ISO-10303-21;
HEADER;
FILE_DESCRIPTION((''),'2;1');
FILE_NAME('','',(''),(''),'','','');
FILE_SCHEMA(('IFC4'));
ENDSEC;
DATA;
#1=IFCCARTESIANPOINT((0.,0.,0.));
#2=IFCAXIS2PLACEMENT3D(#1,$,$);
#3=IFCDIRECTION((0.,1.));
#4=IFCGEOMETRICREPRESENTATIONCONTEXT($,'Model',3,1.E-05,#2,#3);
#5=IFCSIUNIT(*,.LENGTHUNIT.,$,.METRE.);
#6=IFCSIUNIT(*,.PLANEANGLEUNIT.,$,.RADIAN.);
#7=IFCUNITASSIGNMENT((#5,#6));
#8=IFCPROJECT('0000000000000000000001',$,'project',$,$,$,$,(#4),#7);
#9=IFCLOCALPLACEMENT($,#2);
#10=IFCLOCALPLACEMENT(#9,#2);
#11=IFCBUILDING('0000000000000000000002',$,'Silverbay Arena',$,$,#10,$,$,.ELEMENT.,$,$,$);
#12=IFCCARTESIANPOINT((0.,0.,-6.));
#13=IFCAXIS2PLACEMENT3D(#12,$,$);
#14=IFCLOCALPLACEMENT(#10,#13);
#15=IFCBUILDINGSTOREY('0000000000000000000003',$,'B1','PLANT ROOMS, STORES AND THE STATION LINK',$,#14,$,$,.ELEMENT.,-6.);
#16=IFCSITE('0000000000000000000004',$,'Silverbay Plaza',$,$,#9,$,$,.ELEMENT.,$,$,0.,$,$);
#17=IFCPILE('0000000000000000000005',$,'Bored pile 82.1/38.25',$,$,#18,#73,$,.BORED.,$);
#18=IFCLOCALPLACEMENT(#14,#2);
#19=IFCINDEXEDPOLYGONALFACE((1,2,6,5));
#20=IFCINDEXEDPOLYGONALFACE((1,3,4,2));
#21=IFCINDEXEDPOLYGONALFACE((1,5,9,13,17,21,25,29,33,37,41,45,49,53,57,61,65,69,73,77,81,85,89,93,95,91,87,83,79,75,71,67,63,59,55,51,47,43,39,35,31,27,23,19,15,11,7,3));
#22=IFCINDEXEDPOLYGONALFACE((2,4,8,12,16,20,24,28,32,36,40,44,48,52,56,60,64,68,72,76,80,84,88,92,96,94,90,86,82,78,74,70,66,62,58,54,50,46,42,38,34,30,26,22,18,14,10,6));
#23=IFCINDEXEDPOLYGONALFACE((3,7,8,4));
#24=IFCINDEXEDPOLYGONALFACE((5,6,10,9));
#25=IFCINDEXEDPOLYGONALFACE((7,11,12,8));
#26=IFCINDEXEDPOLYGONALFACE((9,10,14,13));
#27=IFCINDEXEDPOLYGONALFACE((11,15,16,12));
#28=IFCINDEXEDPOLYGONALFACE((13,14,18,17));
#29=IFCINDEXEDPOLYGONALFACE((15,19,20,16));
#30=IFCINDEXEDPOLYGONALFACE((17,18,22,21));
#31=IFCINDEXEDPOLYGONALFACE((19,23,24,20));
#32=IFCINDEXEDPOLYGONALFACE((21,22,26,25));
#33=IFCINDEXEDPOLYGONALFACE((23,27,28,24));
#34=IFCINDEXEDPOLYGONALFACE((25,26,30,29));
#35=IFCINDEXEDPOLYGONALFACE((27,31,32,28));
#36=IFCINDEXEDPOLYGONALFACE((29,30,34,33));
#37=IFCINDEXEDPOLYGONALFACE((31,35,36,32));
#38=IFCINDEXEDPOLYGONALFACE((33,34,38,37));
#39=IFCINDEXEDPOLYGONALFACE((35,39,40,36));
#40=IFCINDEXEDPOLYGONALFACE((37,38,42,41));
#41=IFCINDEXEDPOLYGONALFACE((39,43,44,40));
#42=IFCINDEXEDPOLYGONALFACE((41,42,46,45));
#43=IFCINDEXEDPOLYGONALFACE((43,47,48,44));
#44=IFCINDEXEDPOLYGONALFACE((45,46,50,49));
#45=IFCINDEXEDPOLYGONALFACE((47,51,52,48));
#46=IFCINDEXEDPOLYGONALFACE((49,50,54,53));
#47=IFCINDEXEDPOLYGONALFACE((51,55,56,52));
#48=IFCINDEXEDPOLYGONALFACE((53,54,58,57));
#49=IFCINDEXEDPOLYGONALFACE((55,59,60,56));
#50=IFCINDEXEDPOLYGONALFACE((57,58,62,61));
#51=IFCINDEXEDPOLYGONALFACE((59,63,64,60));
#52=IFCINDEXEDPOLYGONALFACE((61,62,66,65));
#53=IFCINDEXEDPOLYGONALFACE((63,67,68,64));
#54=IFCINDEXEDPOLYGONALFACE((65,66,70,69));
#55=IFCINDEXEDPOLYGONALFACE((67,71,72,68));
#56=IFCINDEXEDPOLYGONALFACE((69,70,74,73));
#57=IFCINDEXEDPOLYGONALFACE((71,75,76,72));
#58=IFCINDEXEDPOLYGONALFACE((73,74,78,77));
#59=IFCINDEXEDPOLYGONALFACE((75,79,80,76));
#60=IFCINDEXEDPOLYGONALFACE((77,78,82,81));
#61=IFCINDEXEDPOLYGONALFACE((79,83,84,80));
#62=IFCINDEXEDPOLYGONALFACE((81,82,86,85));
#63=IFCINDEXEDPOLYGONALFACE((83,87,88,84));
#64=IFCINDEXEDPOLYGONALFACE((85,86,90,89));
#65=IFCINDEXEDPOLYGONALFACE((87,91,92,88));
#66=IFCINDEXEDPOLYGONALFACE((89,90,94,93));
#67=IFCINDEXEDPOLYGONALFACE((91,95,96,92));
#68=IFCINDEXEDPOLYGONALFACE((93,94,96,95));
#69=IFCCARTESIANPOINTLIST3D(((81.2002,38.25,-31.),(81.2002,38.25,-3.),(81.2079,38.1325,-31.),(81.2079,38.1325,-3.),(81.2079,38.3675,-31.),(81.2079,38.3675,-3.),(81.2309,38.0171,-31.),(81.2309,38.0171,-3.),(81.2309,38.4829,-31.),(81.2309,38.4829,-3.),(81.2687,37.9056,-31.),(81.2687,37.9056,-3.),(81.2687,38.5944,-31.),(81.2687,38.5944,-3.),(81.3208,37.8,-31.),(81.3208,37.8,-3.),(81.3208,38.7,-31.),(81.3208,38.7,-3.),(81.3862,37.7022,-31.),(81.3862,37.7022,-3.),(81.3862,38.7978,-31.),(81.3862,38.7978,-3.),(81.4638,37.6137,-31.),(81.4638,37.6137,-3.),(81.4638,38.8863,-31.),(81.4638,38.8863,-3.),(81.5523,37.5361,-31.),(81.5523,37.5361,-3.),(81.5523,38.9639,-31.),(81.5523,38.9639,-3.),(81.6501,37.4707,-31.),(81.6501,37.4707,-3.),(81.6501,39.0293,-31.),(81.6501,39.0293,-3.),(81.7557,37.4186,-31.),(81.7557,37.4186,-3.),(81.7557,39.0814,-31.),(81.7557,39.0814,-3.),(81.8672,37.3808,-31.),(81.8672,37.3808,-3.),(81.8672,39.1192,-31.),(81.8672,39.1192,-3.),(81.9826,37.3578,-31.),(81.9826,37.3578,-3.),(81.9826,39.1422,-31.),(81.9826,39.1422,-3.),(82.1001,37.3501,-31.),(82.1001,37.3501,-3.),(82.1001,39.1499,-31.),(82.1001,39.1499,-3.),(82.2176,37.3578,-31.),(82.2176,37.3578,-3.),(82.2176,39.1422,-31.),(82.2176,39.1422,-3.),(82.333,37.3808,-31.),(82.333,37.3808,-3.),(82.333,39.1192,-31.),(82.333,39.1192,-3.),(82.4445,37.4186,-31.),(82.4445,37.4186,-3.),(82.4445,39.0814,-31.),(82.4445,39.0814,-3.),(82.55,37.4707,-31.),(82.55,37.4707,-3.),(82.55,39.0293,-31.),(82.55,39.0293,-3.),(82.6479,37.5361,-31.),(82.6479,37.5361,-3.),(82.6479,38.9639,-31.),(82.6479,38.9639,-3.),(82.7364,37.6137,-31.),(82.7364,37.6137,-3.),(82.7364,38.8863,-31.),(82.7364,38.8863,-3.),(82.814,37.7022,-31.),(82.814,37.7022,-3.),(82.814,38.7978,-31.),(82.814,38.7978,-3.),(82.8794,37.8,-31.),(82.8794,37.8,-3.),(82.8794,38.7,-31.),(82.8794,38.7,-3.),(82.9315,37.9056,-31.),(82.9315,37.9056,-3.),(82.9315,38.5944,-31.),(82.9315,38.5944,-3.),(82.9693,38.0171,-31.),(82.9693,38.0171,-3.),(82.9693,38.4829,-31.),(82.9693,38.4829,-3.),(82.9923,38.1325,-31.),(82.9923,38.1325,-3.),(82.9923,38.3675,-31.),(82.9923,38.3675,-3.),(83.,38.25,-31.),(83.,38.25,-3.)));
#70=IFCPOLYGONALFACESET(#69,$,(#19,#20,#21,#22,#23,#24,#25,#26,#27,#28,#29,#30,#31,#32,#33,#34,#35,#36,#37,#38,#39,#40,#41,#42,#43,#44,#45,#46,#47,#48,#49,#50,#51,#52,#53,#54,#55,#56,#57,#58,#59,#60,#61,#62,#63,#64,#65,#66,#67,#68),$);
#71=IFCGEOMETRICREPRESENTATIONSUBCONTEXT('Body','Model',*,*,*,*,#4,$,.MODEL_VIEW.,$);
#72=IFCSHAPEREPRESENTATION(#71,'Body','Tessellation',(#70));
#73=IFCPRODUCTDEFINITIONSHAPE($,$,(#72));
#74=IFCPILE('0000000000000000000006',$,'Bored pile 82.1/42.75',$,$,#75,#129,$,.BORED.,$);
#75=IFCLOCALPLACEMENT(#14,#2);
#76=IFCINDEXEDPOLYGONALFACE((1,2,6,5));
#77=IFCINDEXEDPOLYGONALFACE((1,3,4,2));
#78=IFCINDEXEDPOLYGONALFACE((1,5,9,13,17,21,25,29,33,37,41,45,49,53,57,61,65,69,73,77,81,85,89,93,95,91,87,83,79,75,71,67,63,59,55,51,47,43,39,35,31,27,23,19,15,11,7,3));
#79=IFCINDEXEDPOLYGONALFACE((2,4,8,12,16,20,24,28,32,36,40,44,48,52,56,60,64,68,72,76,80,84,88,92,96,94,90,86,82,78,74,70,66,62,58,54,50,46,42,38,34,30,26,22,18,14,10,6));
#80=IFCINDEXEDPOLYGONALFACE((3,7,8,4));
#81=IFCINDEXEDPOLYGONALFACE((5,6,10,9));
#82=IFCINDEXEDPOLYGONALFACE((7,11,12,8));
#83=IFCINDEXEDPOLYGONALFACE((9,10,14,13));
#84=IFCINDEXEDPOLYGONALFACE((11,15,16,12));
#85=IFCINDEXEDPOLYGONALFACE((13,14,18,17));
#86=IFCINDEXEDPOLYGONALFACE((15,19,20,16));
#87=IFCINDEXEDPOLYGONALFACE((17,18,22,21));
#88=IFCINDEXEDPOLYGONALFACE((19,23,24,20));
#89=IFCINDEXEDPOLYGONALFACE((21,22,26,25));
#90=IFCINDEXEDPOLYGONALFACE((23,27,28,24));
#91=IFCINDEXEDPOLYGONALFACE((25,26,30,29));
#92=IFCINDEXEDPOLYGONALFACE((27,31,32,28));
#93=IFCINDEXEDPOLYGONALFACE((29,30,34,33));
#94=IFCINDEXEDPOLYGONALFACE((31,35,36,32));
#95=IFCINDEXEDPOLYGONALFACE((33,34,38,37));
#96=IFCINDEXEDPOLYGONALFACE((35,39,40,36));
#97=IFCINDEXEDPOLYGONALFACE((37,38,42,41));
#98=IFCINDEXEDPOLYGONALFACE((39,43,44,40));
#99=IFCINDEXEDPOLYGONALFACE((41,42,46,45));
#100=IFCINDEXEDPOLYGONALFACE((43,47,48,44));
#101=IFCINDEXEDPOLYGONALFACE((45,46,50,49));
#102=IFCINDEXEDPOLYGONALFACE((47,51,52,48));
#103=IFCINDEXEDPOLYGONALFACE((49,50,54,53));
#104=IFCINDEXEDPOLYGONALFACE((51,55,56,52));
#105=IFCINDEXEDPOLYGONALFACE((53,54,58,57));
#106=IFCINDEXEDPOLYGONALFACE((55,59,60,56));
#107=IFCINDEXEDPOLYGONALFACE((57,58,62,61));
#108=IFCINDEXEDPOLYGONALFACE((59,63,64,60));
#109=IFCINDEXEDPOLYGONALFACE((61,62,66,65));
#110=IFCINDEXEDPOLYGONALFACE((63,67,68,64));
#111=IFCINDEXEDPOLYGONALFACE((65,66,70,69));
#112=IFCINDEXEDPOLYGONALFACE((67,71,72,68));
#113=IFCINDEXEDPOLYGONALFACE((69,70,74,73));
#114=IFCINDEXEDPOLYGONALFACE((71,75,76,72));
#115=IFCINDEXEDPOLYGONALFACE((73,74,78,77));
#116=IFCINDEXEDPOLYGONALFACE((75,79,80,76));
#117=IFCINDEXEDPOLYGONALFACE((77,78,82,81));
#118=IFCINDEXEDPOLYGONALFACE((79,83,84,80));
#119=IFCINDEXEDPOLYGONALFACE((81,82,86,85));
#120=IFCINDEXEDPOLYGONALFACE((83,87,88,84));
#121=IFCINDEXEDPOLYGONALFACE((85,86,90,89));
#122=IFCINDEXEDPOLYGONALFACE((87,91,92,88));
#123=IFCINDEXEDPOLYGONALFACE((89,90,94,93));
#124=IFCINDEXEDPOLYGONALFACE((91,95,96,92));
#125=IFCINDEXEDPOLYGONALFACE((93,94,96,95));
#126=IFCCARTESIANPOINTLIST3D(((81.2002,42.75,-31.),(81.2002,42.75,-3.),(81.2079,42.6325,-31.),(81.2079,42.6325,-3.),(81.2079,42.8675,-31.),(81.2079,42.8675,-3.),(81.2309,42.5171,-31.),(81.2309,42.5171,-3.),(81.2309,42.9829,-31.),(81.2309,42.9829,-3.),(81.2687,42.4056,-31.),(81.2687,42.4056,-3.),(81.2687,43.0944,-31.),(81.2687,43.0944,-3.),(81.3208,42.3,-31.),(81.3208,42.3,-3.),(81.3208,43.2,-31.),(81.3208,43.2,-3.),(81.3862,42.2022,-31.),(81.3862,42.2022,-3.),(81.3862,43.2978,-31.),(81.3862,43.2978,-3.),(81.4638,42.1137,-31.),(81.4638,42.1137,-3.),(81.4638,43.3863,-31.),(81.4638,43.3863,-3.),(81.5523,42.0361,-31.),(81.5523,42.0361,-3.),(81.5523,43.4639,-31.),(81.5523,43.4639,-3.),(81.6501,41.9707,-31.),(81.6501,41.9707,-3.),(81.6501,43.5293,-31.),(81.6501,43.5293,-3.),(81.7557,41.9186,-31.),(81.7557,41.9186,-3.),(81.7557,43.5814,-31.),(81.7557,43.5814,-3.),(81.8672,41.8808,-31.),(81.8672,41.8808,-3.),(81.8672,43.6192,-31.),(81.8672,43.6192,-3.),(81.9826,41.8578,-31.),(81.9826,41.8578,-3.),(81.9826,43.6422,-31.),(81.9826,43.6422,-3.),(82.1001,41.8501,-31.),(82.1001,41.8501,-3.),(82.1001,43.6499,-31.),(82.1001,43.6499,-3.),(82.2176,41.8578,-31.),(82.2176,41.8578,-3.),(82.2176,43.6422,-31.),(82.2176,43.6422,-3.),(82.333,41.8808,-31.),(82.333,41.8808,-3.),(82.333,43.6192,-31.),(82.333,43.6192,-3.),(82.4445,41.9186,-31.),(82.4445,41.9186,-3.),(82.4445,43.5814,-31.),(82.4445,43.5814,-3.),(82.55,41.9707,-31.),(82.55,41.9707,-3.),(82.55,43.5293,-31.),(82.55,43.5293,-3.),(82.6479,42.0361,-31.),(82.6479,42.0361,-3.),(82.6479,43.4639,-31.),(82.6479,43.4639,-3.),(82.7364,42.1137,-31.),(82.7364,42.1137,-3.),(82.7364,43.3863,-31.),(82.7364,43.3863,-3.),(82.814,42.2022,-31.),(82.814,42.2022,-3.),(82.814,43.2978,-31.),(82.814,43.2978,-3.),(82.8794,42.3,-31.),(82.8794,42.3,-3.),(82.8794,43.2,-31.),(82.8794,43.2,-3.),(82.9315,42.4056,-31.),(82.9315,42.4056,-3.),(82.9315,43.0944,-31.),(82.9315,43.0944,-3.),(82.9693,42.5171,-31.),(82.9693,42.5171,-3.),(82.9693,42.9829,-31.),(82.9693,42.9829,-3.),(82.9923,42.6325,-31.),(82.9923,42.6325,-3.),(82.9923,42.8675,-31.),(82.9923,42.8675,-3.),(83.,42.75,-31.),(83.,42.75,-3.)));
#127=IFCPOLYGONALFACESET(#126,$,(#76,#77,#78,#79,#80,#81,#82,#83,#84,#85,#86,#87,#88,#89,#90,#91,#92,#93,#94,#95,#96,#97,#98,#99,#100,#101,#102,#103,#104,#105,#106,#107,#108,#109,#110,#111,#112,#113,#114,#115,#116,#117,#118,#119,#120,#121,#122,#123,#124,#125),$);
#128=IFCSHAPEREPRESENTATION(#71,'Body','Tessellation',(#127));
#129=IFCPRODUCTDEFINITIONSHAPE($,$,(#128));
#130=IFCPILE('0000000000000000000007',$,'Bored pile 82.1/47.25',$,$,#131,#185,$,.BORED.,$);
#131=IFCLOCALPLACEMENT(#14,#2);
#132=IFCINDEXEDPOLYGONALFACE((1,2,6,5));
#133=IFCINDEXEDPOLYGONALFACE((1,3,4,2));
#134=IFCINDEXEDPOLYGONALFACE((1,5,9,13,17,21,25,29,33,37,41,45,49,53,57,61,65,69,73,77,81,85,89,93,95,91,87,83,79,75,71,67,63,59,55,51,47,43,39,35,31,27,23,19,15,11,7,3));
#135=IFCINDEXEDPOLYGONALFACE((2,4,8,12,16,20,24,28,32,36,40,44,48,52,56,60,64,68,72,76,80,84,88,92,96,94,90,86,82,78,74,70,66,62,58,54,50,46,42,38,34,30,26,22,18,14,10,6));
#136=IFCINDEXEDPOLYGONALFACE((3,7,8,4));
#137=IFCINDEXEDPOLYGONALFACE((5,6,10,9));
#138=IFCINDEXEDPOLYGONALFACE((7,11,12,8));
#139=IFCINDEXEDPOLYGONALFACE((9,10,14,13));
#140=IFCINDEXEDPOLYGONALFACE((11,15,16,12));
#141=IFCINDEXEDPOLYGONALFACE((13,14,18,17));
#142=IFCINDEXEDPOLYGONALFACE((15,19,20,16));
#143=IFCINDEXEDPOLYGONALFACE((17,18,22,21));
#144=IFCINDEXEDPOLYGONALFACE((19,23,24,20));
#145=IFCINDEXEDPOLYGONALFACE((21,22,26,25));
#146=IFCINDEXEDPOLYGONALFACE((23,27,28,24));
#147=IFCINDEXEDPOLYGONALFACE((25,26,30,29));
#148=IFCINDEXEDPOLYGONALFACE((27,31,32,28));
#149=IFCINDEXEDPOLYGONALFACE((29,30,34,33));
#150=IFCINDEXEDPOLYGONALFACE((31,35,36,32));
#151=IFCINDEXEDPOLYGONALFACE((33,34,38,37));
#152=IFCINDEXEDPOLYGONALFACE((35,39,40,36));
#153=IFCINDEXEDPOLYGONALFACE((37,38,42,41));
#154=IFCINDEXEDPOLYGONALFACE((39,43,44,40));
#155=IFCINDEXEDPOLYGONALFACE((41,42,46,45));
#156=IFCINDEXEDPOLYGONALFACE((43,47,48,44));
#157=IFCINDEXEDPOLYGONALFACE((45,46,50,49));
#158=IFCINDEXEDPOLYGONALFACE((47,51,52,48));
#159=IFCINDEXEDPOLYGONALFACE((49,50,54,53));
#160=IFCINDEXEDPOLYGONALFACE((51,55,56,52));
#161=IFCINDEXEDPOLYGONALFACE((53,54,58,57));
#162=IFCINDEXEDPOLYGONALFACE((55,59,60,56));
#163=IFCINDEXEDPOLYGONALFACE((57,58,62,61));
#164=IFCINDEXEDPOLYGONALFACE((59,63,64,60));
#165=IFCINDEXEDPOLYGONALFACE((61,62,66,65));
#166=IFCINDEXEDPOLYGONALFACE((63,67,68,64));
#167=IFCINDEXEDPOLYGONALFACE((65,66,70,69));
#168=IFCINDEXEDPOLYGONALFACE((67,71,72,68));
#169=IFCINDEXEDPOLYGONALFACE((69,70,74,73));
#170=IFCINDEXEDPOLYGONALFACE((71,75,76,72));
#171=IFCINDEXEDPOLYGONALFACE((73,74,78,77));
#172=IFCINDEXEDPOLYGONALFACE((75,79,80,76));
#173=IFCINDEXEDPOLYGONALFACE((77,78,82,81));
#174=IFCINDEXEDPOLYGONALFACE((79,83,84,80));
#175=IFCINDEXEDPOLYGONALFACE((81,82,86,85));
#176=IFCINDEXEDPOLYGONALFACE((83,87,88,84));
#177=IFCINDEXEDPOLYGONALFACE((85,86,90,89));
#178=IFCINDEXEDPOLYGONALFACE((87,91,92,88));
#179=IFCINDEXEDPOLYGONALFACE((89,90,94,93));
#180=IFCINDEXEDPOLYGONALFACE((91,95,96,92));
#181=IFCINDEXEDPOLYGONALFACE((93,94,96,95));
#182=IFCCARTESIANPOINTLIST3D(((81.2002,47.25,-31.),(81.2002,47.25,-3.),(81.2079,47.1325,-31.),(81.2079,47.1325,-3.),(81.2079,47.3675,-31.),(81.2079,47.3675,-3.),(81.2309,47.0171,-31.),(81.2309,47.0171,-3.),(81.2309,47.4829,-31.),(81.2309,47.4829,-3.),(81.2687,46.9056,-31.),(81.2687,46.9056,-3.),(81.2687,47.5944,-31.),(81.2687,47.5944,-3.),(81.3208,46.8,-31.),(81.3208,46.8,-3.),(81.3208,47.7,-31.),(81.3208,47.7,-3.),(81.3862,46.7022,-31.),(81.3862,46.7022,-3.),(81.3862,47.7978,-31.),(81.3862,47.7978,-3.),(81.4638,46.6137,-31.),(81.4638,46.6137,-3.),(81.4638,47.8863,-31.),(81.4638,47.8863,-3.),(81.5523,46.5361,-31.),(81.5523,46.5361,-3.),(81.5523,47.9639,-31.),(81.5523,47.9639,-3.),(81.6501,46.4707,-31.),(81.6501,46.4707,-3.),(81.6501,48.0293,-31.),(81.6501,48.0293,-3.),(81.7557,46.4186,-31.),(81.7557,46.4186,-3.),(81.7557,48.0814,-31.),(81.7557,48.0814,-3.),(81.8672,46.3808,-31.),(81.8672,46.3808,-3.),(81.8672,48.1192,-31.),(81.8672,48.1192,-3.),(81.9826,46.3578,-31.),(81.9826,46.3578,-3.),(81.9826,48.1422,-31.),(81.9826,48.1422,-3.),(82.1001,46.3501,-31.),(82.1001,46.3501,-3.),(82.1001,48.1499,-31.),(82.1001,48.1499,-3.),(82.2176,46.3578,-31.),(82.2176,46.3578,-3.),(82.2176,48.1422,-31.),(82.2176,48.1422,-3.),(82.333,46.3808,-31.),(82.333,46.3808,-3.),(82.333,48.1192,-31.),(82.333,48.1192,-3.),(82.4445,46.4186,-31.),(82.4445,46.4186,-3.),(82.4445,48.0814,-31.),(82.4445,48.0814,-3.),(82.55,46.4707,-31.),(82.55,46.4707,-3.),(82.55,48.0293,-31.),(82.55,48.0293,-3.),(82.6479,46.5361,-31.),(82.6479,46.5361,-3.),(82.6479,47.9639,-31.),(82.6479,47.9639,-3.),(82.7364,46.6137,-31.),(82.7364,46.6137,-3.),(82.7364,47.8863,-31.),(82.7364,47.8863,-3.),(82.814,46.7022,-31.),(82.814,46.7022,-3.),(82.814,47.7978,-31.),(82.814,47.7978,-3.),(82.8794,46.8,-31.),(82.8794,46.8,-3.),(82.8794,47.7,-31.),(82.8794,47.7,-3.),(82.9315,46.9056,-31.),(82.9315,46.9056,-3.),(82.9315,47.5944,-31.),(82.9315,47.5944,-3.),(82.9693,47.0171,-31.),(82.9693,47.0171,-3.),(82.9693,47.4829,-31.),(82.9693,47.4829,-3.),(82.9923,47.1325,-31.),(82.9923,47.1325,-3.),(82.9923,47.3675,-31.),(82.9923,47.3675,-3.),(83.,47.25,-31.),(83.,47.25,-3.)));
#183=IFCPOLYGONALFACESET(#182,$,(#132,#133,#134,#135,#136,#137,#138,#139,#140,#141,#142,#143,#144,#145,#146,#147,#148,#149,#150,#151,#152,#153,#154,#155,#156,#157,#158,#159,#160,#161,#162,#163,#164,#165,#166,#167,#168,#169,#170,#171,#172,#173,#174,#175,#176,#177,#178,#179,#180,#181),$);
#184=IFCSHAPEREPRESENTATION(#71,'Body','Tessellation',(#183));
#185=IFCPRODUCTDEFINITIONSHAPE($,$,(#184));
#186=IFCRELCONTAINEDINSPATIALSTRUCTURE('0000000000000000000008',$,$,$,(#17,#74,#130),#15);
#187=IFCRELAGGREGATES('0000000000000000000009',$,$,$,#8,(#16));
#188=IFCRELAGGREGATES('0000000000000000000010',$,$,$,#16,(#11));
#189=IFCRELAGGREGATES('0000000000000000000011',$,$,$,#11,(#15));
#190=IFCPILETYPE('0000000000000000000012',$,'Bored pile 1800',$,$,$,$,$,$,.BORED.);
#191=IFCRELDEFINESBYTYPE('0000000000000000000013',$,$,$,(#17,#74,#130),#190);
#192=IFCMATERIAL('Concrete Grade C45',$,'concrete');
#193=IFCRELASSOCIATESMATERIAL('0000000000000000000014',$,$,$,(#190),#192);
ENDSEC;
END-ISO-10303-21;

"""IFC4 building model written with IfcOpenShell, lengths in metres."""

from ifc_helpers import new_model, si_unit, direction, frame, origin, origin_2d, place, context, subcontext, project, spatial, circle, extrude, material, material_profile, profile_set, type_object, element, save


model = new_model("IFC4")

# Units and contexts
model_context = context("Model", 3, precision=1e-05, world=origin(), true_north=direction((0.0, 1.0)))
body_context = subcontext(model_context, "Body", "Model", "MODEL_VIEW")
ifc_project = project(units=[si_unit("LENGTHUNIT", "METRE"), si_unit("PLANEANGLEUNIT", "RADIAN")], contexts=[model_context])

# Site, building, storey
site_placement = place(None, origin())
site = spatial("IfcSite", under=ifc_project, at=site_placement, Name="Silverbay Plaza", CompositionType="ELEMENT", RefElevation=0.0)
building_placement = place(site_placement, origin())
building = spatial("IfcBuilding", under=site, at=building_placement, Name="Silverbay Arena", CompositionType="ELEMENT")
storey_placement = place(building_placement, frame((0.0, 0.0, -6.0)))
storey = spatial("IfcBuildingStorey", under=building, at=storey_placement, Name="B1", Description="PLANT ROOMS, STORES AND THE STATION LINK", CompositionType="ELEMENT", Elevation=-6.0)

# Piles
ifc_material_1 = material(Name="Concrete Grade C45", Category="concrete")
ifc_material_profile_1 = material_profile(ifc_material_1, circle(Radius=0.8999, at=origin_2d()), Name="Bored pile 1800")
ifc_profile_set_1 = profile_set([ifc_material_profile_1], Name="Concrete Grade C45")
pile_type_1 = type_object("IfcPileType", Name="Bored pile 1800", PredefinedType="BORED", material=ifc_profile_set_1)
for number, where, z_axis, x_axis, name in (
    (1, (82.1001, 38.25, -3.0), (0.0, 0.0, -1.0), (1.0, 0.0, 0.0), "Bored pile 82.1/38.25"),
    (2, (82.1001, 42.75, -3.0), (0.0, 0.0, -1.0), (1.0, 0.0, 0.0), "Bored pile 82.1/42.75"),
    (3, (82.1001, 47.25, -3.0), (0.0, 0.0, -1.0), (1.0, 0.0, 0.0), "Bored pile 82.1/47.25"),
):
    element("IfcPile", number, at=place(storey_placement, frame(where, z_axis=z_axis, x_axis=x_axis)), inside=storey, type_object=pile_type_1, Name=name, PredefinedType="BORED", context=body_context, shape_type="SweptSolid", body=[
        extrude(circle(Radius=0.8999, at=origin_2d()), origin(), (0.0, 0.0, 1.0), 28.0),
    ])

save(model, "model.ifc")
